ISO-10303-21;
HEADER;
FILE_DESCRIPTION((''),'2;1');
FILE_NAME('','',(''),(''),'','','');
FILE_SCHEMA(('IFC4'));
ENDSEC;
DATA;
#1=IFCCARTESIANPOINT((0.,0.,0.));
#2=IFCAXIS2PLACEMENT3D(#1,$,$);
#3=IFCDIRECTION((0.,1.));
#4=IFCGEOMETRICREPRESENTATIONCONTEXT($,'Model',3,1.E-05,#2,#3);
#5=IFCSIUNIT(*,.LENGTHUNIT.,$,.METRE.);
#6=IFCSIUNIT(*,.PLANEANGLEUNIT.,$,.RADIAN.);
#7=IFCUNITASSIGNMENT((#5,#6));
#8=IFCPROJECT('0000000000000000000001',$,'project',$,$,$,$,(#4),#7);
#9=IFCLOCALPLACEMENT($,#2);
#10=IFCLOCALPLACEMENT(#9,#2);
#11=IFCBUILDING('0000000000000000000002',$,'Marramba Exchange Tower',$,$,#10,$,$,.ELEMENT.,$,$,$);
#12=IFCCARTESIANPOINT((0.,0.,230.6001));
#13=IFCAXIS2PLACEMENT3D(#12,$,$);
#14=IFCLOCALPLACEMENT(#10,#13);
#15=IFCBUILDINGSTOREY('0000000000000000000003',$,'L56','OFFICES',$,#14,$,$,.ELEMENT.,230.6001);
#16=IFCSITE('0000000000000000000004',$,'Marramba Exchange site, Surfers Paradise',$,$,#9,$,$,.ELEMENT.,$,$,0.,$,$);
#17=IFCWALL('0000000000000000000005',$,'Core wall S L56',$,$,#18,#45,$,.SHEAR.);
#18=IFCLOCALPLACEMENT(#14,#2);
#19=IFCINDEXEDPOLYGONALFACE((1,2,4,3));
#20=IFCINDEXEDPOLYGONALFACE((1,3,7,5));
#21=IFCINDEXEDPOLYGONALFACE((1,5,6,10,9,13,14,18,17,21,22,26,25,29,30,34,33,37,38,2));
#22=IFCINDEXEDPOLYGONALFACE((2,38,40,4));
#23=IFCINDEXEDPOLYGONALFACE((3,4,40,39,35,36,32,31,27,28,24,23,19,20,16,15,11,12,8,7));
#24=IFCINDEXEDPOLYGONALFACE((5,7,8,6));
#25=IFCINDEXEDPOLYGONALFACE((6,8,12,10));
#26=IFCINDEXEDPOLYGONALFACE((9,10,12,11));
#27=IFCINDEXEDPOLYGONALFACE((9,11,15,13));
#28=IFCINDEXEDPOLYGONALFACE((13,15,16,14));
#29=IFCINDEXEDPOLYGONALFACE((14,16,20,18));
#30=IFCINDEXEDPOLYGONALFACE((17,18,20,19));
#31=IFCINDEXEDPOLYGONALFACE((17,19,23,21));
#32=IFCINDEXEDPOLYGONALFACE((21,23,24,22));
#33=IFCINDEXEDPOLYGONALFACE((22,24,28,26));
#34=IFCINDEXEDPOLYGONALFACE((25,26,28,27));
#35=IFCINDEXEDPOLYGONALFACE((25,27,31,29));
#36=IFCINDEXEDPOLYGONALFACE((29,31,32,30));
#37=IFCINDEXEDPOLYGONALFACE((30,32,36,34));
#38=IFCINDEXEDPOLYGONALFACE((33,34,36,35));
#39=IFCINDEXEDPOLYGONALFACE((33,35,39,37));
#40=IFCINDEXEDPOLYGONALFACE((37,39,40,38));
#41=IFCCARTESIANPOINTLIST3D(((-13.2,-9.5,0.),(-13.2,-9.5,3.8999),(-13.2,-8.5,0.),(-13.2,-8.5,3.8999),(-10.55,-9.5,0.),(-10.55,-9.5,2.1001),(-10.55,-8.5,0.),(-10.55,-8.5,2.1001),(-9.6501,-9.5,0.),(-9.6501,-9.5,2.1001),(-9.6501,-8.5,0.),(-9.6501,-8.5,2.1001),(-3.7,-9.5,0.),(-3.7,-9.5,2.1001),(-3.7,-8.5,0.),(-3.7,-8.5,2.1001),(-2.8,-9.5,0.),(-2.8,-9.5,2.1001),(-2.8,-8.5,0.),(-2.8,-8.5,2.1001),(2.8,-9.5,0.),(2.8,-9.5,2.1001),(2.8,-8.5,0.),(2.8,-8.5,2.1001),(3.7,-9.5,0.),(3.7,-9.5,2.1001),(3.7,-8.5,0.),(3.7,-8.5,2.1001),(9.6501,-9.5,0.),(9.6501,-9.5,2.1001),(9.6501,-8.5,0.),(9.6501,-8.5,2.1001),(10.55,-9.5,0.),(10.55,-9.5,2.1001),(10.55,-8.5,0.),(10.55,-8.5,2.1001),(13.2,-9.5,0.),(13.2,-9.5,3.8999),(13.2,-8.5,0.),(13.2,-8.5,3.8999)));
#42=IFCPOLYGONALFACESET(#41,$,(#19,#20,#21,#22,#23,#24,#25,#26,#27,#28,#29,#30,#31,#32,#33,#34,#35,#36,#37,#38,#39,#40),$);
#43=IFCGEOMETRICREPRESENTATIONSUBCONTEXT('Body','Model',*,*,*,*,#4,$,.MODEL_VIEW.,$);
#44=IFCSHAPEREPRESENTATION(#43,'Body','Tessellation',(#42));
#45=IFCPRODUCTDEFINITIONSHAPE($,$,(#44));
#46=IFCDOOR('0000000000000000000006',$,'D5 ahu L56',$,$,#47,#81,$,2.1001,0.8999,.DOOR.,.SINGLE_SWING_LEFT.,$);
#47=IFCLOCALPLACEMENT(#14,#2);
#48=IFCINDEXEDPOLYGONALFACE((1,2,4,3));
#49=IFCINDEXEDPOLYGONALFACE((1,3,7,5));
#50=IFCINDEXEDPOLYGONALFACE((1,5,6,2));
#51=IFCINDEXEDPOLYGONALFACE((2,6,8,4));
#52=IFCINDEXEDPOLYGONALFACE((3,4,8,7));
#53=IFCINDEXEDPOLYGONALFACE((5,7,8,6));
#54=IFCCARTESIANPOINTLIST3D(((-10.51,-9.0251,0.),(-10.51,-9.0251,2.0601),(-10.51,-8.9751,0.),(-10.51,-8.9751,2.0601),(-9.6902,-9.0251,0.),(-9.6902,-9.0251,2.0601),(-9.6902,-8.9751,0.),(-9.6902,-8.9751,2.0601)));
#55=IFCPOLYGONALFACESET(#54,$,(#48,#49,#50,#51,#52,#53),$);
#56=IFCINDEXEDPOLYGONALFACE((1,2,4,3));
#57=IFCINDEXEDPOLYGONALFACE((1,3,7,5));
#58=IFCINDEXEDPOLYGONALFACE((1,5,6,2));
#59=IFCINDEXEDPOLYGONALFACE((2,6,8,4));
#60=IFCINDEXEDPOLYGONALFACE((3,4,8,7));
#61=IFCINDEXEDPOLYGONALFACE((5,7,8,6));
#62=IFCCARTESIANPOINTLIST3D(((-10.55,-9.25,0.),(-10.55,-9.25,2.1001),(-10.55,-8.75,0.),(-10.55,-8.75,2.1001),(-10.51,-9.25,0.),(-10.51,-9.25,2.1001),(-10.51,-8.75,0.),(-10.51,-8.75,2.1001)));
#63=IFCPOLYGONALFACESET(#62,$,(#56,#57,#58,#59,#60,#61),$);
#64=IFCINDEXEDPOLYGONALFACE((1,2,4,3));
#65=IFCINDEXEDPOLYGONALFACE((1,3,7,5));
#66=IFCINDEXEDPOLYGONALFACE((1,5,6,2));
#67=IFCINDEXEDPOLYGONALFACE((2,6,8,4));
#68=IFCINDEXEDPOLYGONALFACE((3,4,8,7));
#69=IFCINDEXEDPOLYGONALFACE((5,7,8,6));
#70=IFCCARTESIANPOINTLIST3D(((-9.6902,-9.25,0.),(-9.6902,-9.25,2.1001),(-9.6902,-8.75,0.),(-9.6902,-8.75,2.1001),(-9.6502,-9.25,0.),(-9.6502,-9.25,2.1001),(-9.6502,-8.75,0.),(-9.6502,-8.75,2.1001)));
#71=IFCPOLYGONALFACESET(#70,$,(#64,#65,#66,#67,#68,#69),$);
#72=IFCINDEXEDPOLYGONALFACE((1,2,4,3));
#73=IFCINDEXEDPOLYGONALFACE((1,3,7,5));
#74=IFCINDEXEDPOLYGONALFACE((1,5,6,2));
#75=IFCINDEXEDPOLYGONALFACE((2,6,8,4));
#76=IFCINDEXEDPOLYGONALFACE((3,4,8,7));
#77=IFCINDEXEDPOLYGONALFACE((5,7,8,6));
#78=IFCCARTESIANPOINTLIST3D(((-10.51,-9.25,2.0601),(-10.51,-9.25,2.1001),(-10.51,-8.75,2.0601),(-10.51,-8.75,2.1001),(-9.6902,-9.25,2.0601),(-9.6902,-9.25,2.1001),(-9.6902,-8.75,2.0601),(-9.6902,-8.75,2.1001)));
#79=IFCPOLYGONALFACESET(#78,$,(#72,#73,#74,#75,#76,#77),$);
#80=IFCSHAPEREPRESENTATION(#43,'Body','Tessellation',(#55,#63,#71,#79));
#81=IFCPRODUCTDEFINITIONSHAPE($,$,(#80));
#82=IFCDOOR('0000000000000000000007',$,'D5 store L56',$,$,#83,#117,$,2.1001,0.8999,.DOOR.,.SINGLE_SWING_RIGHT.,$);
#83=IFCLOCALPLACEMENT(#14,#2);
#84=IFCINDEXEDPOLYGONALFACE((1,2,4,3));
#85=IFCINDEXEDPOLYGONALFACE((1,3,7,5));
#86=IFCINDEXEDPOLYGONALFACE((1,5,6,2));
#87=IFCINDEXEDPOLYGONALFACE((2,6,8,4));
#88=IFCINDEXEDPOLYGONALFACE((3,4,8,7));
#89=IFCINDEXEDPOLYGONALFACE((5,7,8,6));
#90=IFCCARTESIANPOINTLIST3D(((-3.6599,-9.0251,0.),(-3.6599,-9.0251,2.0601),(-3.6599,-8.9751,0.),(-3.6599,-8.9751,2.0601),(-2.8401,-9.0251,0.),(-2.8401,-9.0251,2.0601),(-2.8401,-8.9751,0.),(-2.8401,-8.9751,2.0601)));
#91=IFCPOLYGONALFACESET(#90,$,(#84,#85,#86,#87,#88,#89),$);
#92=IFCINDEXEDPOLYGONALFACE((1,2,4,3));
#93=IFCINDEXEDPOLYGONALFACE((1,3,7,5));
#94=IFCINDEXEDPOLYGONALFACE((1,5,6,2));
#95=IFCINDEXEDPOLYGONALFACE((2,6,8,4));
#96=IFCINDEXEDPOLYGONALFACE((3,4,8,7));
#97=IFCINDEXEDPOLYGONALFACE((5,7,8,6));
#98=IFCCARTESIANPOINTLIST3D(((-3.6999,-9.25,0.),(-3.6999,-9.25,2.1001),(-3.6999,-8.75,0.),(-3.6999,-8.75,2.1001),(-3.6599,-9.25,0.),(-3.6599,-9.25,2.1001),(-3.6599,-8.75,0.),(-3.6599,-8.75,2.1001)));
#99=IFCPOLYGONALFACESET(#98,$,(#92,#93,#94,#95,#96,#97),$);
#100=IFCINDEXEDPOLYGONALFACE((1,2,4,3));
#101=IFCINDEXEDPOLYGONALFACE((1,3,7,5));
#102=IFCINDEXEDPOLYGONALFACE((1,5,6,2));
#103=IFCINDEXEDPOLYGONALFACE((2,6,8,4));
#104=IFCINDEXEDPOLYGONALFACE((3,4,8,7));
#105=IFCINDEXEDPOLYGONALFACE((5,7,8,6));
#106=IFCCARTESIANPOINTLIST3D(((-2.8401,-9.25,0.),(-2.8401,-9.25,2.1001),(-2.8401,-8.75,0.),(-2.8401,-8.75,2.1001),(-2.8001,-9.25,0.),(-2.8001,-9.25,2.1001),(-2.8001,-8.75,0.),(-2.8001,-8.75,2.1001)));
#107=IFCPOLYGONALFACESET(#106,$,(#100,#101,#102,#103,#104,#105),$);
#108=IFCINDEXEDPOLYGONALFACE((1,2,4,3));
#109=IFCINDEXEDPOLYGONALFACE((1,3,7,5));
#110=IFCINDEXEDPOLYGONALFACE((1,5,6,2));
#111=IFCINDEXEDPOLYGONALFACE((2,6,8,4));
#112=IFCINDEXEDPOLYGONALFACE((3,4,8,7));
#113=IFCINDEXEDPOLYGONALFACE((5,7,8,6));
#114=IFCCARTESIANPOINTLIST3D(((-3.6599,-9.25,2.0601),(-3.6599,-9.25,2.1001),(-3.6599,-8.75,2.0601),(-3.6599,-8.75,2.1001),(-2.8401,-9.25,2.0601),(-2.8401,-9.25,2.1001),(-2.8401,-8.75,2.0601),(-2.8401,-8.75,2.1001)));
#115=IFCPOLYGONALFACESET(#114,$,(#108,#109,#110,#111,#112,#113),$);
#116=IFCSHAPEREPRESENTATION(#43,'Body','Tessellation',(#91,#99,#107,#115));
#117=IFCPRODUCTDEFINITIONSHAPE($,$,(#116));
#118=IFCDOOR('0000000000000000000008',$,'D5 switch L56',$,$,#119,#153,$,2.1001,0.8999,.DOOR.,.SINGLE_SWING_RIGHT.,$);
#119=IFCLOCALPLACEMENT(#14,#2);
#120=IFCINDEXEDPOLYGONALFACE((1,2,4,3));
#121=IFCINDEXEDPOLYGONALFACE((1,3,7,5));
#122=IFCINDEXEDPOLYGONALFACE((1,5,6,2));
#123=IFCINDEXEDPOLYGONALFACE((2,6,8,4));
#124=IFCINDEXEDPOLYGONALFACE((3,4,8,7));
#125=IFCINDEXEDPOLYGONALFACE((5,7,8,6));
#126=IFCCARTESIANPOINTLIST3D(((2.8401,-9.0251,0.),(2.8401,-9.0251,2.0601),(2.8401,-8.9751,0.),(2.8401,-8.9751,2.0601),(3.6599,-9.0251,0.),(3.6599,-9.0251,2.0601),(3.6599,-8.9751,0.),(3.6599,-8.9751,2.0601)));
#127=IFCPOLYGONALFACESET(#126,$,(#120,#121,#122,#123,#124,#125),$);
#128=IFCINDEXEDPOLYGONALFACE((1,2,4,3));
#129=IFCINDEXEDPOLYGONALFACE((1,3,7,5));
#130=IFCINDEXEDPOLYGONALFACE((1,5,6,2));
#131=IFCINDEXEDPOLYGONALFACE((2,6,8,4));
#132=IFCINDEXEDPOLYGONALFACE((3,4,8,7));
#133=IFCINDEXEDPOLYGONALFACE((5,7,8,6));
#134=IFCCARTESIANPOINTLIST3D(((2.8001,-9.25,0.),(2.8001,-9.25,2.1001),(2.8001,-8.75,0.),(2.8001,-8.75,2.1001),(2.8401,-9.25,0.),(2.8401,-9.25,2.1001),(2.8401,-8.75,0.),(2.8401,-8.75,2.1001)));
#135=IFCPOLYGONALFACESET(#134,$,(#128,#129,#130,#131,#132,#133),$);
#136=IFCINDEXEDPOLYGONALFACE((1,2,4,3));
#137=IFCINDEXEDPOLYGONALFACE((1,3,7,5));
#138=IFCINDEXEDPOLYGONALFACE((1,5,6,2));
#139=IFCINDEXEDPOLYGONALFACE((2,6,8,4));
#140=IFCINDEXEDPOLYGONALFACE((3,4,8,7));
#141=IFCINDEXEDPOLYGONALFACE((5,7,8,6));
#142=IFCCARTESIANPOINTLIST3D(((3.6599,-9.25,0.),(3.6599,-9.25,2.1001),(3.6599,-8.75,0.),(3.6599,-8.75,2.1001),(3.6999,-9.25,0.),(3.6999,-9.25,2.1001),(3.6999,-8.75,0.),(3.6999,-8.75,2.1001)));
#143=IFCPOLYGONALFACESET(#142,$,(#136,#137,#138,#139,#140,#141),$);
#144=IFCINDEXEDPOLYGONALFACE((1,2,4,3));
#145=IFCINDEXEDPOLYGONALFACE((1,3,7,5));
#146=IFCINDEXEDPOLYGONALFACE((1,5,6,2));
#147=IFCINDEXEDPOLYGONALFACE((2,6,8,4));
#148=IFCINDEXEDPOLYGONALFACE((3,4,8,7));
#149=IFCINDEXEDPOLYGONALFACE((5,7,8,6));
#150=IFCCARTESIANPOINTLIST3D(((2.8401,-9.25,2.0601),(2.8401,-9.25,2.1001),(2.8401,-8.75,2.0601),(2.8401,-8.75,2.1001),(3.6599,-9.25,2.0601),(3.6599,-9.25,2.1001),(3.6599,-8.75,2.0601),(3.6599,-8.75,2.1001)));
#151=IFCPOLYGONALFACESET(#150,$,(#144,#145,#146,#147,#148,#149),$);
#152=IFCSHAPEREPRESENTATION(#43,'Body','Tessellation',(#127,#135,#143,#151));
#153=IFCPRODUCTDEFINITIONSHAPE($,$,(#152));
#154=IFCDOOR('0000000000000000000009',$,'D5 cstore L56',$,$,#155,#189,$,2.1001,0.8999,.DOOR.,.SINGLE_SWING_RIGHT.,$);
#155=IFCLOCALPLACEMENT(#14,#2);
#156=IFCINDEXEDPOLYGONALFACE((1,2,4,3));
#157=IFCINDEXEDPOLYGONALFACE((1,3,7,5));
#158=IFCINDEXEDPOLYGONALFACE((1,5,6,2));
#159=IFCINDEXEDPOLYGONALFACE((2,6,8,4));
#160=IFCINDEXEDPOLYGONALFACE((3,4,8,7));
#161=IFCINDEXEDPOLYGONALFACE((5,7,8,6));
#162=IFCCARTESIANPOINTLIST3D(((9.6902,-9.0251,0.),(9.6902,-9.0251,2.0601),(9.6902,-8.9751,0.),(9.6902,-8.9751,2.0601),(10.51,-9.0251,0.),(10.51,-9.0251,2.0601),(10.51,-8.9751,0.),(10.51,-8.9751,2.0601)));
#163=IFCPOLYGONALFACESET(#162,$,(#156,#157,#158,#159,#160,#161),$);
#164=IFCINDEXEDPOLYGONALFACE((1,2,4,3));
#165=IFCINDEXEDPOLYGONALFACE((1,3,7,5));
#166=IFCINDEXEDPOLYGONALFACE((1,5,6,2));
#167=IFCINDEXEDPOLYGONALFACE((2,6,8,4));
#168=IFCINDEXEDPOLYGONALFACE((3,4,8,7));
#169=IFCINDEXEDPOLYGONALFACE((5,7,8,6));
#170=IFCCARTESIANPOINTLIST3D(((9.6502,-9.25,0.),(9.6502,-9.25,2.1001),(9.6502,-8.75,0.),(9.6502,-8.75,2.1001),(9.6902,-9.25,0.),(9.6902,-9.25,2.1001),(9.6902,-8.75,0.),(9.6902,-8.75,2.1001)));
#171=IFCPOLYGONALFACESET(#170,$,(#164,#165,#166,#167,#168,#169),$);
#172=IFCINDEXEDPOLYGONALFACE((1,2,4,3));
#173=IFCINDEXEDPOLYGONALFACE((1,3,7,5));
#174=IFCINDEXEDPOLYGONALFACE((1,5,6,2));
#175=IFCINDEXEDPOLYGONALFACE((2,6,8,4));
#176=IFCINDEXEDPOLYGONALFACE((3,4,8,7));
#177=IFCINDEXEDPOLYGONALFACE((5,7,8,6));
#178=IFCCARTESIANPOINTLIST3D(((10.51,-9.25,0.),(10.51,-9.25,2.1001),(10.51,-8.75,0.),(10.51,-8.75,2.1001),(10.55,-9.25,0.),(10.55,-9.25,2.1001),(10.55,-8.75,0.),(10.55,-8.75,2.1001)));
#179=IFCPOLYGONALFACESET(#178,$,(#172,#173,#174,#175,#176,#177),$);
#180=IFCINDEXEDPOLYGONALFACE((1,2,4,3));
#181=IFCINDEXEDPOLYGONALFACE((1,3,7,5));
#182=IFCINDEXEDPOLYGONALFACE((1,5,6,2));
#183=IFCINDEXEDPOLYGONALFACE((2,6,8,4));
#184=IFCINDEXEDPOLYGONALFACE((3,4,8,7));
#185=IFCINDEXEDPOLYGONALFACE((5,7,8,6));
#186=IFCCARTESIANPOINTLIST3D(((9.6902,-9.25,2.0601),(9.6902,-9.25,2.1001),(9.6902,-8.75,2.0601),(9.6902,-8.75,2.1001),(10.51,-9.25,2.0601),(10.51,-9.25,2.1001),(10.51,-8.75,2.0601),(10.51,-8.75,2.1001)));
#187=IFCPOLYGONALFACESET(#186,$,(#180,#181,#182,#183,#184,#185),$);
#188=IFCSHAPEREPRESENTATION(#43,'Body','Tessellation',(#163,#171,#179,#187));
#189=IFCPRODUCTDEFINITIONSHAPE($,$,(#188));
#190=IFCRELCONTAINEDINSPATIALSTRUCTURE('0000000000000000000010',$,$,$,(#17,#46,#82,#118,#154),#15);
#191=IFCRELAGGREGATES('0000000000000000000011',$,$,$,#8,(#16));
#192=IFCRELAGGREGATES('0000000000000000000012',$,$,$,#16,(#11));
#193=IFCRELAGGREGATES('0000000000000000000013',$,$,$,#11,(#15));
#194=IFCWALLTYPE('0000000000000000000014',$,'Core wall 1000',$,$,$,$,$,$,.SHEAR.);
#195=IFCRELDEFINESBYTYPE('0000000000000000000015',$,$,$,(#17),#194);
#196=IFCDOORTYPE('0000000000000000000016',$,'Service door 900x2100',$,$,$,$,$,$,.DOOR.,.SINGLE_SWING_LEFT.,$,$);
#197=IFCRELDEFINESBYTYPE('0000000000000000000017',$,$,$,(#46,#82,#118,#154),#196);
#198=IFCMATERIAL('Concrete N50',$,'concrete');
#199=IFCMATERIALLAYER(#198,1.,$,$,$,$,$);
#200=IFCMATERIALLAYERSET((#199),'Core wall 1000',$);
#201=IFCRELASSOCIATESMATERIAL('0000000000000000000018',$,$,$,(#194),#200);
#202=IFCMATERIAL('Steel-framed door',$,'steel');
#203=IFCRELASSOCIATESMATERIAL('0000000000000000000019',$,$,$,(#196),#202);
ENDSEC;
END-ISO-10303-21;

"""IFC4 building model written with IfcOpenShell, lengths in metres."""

from ifc_helpers import new_model, si_unit, direction, frame, frame_2d, origin, place, context, subcontext, project, spatial, rectangle, extrude, material, layer, layer_set, type_object, element, fill, save


model = new_model("IFC4")

# Units and contexts
model_context = context("Model", 3, precision=1e-05, world=origin(), true_north=direction((0.0, 1.0)))
body_context = subcontext(model_context, "Body", "Model", "MODEL_VIEW")
ifc_project = project(units=[si_unit("LENGTHUNIT", "METRE"), si_unit("PLANEANGLEUNIT", "RADIAN")], contexts=[model_context])

# Site, building, storey
site_placement = place(None, origin())
site = spatial("IfcSite", under=ifc_project, at=site_placement, Name="Marramba Exchange site, Surfers Paradise", CompositionType="ELEMENT", RefElevation=0.0)
building_placement = place(site_placement, origin())
building = spatial("IfcBuilding", under=site, at=building_placement, Name="Marramba Exchange Tower", CompositionType="ELEMENT")
storey_placement = place(building_placement, frame((0.0, 0.0, 230.6001)))
storey = spatial("IfcBuildingStorey", under=building, at=storey_placement, Name="L56", Description="OFFICES", CompositionType="ELEMENT", Elevation=230.6001)

# Shared definitions
ifc_material_1 = material(Name="Concrete N50", Category="concrete")

# Wall, openings, doors
ifc_layer_1 = layer(ifc_material_1, 1.0)
ifc_layer_set_1 = layer_set([ifc_layer_1], Name="Core wall 1000")
wall_type_1 = type_object("IfcWallType", Name="Core wall 1000", PredefinedType="SHEAR", material=ifc_layer_set_1)
wall_1_placement = place(storey_placement, frame((-13.2, -9.0, 0.0), z_axis=(0.0, 0.0, 1.0), x_axis=(1.0, 0.0, 0.0)))
wall_1 = element("IfcWall", 1, at=wall_1_placement, inside=storey, type_object=wall_type_1, Name="Core wall S L56", PredefinedType="SHEAR", context=body_context, shape_type="SweptSolid", body=[
    extrude(rectangle(XDim=26.3999, YDim=1.0, at=frame_2d((13.2, 0.0))), origin(), (0.0, 0.0, 1.0), 3.8999),
])
opening_1_placement = place(wall_1_placement, frame((2.6499, 0.0, 0.0)))
opening_1 = element("IfcOpeningElement", 2, at=opening_1_placement, cuts=wall_1, PredefinedType="OPENING", context=body_context, shape_type="SweptSolid", body=[
    extrude(rectangle(XDim=0.8999, YDim=2.1001, at=frame_2d((0.45, 1.05))), frame((0.0, 0.51, 0.0), z_axis=(0.0, -1.0, 0.0), x_axis=(1.0, 0.0, 0.0)), (0.0, 0.0, 1.0), 1.02),
])
opening_2_placement = place(wall_1_placement, frame((9.5, 0.0, 0.0)))
opening_2 = element("IfcOpeningElement", 3, at=opening_2_placement, cuts=wall_1, PredefinedType="OPENING", context=body_context, shape_type="SweptSolid", body=[
    extrude(rectangle(XDim=0.8999, YDim=2.1001, at=frame_2d((0.45, 1.05))), frame((0.0, 0.51, 0.0), z_axis=(0.0, -1.0, 0.0), x_axis=(1.0, 0.0, 0.0)), (0.0, 0.0, 1.0), 1.02),
])
opening_3_placement = place(wall_1_placement, frame((16.0, 0.0, 0.0)))
opening_3 = element("IfcOpeningElement", 4, at=opening_3_placement, cuts=wall_1, PredefinedType="OPENING", context=body_context, shape_type="SweptSolid", body=[
    extrude(rectangle(XDim=0.8999, YDim=2.1001, at=frame_2d((0.45, 1.05))), frame((0.0, 0.51, 0.0), z_axis=(0.0, -1.0, 0.0), x_axis=(1.0, 0.0, 0.0)), (0.0, 0.0, 1.0), 1.02),
])
opening_4_placement = place(wall_1_placement, frame((22.8501, 0.0, 0.0)))
opening_4 = element("IfcOpeningElement", 5, at=opening_4_placement, cuts=wall_1, PredefinedType="OPENING", context=body_context, shape_type="SweptSolid", body=[
    extrude(rectangle(XDim=0.8999, YDim=2.1001, at=frame_2d((0.45, 1.05))), frame((0.0, 0.51, 0.0), z_axis=(0.0, -1.0, 0.0), x_axis=(1.0, 0.0, 0.0)), (0.0, 0.0, 1.0), 1.02),
])
ifc_material_2 = material(Name="Steel-framed door", Category="steel")
door_type = type_object("IfcDoorType", Name="Service door 900x2100", OperationType="SINGLE_SWING_LEFT", PredefinedType="DOOR", material=ifc_material_2)
door_1_placement = place(opening_1_placement, origin())
door_1 = element("IfcDoor", 6, at=door_1_placement, inside=storey, type_object=door_type, Name="D5 ahu L56", OperationType="SINGLE_SWING_LEFT", OverallHeight=2.1001, OverallWidth=0.8999, PredefinedType="DOOR", context=body_context, shape_type="SweptSolid", body=[
    extrude(rectangle(XDim=0.8198, YDim=2.0601, at=frame_2d((0.45, 1.03))), frame((0.0, 0.0249, 0.0), z_axis=(0.0, -1.0, 0.0), x_axis=(1.0, 0.0, 0.0)), (0.0, 0.0, 1.0), 0.05),
    extrude(rectangle(XDim=0.04, YDim=2.1001, at=frame_2d((0.02, 1.05))), frame((0.0, 0.25, 0.0), z_axis=(0.0, -1.0, 0.0), x_axis=(1.0, 0.0, 0.0)), (0.0, 0.0, 1.0), 0.5),
    extrude(rectangle(XDim=0.04, YDim=2.1001, at=frame_2d((0.8799, 1.05))), frame((0.0, 0.25, 0.0), z_axis=(0.0, -1.0, 0.0), x_axis=(1.0, 0.0, 0.0)), (0.0, 0.0, 1.0), 0.5),
    extrude(rectangle(XDim=0.8198, YDim=0.04, at=frame_2d((0.45, 2.0801))), frame((0.0, 0.25, 0.0), z_axis=(0.0, -1.0, 0.0), x_axis=(1.0, 0.0, 0.0)), (0.0, 0.0, 1.0), 0.5),
])
fill(opening_1, door_1)
door_2_placement = place(opening_2_placement, origin())
door_2 = element("IfcDoor", 7, at=door_2_placement, inside=storey, type_object=door_type, Name="D5 store L56", OperationType="SINGLE_SWING_RIGHT", OverallHeight=2.1001, OverallWidth=0.8999, PredefinedType="DOOR", context=body_context, shape_type="SweptSolid", body=[
    extrude(rectangle(XDim=0.8198, YDim=2.0601, at=frame_2d((0.45, 1.03))), frame((0.0, 0.0249, 0.0), z_axis=(0.0, -1.0, 0.0), x_axis=(1.0, 0.0, 0.0)), (0.0, 0.0, 1.0), 0.05),
    extrude(rectangle(XDim=0.04, YDim=2.1001, at=frame_2d((0.02, 1.05))), frame((0.0, 0.25, 0.0), z_axis=(0.0, -1.0, 0.0), x_axis=(1.0, 0.0, 0.0)), (0.0, 0.0, 1.0), 0.5),
    extrude(rectangle(XDim=0.04, YDim=2.1001, at=frame_2d((0.8799, 1.05))), frame((0.0, 0.25, 0.0), z_axis=(0.0, -1.0, 0.0), x_axis=(1.0, 0.0, 0.0)), (0.0, 0.0, 1.0), 0.5),
    extrude(rectangle(XDim=0.8198, YDim=0.04, at=frame_2d((0.45, 2.0801))), frame((0.0, 0.25, 0.0), z_axis=(0.0, -1.0, 0.0), x_axis=(1.0, 0.0, 0.0)), (0.0, 0.0, 1.0), 0.5),
])
fill(opening_2, door_2)
door_3_placement = place(opening_3_placement, origin())
door_3 = element("IfcDoor", 8, at=door_3_placement, inside=storey, type_object=door_type, Name="D5 switch L56", OperationType="SINGLE_SWING_RIGHT", OverallHeight=2.1001, OverallWidth=0.8999, PredefinedType="DOOR", context=body_context, shape_type="SweptSolid", body=[
    extrude(rectangle(XDim=0.8198, YDim=2.0601, at=frame_2d((0.45, 1.03))), frame((0.0, 0.0249, 0.0), z_axis=(0.0, -1.0, 0.0), x_axis=(1.0, 0.0, 0.0)), (0.0, 0.0, 1.0), 0.05),
    extrude(rectangle(XDim=0.04, YDim=2.1001, at=frame_2d((0.02, 1.05))), frame((0.0, 0.25, 0.0), z_axis=(0.0, -1.0, 0.0), x_axis=(1.0, 0.0, 0.0)), (0.0, 0.0, 1.0), 0.5),
    extrude(rectangle(XDim=0.04, YDim=2.1001, at=frame_2d((0.8799, 1.05))), frame((0.0, 0.25, 0.0), z_axis=(0.0, -1.0, 0.0), x_axis=(1.0, 0.0, 0.0)), (0.0, 0.0, 1.0), 0.5),
    extrude(rectangle(XDim=0.8198, YDim=0.04, at=frame_2d((0.45, 2.0801))), frame((0.0, 0.25, 0.0), z_axis=(0.0, -1.0, 0.0), x_axis=(1.0, 0.0, 0.0)), (0.0, 0.0, 1.0), 0.5),
])
fill(opening_3, door_3)
door_4_placement = place(opening_4_placement, origin())
door_4 = element("IfcDoor", 9, at=door_4_placement, inside=storey, type_object=door_type, Name="D5 cstore L56", OperationType="SINGLE_SWING_RIGHT", OverallHeight=2.1001, OverallWidth=0.8999, PredefinedType="DOOR", context=body_context, shape_type="SweptSolid", body=[
    extrude(rectangle(XDim=0.8198, YDim=2.0601, at=frame_2d((0.45, 1.03))), frame((0.0, 0.0249, 0.0), z_axis=(0.0, -1.0, 0.0), x_axis=(1.0, 0.0, 0.0)), (0.0, 0.0, 1.0), 0.05),
    extrude(rectangle(XDim=0.04, YDim=2.1001, at=frame_2d((0.02, 1.05))), frame((0.0, 0.25, 0.0), z_axis=(0.0, -1.0, 0.0), x_axis=(1.0, 0.0, 0.0)), (0.0, 0.0, 1.0), 0.5),
    extrude(rectangle(XDim=0.04, YDim=2.1001, at=frame_2d((0.8799, 1.05))), frame((0.0, 0.25, 0.0), z_axis=(0.0, -1.0, 0.0), x_axis=(1.0, 0.0, 0.0)), (0.0, 0.0, 1.0), 0.5),
    extrude(rectangle(XDim=0.8198, YDim=0.04, at=frame_2d((0.45, 2.0801))), frame((0.0, 0.25, 0.0), z_axis=(0.0, -1.0, 0.0), x_axis=(1.0, 0.0, 0.0)), (0.0, 0.0, 1.0), 0.5),
])
fill(opening_4, door_4)

save(model, "model.ifc")
